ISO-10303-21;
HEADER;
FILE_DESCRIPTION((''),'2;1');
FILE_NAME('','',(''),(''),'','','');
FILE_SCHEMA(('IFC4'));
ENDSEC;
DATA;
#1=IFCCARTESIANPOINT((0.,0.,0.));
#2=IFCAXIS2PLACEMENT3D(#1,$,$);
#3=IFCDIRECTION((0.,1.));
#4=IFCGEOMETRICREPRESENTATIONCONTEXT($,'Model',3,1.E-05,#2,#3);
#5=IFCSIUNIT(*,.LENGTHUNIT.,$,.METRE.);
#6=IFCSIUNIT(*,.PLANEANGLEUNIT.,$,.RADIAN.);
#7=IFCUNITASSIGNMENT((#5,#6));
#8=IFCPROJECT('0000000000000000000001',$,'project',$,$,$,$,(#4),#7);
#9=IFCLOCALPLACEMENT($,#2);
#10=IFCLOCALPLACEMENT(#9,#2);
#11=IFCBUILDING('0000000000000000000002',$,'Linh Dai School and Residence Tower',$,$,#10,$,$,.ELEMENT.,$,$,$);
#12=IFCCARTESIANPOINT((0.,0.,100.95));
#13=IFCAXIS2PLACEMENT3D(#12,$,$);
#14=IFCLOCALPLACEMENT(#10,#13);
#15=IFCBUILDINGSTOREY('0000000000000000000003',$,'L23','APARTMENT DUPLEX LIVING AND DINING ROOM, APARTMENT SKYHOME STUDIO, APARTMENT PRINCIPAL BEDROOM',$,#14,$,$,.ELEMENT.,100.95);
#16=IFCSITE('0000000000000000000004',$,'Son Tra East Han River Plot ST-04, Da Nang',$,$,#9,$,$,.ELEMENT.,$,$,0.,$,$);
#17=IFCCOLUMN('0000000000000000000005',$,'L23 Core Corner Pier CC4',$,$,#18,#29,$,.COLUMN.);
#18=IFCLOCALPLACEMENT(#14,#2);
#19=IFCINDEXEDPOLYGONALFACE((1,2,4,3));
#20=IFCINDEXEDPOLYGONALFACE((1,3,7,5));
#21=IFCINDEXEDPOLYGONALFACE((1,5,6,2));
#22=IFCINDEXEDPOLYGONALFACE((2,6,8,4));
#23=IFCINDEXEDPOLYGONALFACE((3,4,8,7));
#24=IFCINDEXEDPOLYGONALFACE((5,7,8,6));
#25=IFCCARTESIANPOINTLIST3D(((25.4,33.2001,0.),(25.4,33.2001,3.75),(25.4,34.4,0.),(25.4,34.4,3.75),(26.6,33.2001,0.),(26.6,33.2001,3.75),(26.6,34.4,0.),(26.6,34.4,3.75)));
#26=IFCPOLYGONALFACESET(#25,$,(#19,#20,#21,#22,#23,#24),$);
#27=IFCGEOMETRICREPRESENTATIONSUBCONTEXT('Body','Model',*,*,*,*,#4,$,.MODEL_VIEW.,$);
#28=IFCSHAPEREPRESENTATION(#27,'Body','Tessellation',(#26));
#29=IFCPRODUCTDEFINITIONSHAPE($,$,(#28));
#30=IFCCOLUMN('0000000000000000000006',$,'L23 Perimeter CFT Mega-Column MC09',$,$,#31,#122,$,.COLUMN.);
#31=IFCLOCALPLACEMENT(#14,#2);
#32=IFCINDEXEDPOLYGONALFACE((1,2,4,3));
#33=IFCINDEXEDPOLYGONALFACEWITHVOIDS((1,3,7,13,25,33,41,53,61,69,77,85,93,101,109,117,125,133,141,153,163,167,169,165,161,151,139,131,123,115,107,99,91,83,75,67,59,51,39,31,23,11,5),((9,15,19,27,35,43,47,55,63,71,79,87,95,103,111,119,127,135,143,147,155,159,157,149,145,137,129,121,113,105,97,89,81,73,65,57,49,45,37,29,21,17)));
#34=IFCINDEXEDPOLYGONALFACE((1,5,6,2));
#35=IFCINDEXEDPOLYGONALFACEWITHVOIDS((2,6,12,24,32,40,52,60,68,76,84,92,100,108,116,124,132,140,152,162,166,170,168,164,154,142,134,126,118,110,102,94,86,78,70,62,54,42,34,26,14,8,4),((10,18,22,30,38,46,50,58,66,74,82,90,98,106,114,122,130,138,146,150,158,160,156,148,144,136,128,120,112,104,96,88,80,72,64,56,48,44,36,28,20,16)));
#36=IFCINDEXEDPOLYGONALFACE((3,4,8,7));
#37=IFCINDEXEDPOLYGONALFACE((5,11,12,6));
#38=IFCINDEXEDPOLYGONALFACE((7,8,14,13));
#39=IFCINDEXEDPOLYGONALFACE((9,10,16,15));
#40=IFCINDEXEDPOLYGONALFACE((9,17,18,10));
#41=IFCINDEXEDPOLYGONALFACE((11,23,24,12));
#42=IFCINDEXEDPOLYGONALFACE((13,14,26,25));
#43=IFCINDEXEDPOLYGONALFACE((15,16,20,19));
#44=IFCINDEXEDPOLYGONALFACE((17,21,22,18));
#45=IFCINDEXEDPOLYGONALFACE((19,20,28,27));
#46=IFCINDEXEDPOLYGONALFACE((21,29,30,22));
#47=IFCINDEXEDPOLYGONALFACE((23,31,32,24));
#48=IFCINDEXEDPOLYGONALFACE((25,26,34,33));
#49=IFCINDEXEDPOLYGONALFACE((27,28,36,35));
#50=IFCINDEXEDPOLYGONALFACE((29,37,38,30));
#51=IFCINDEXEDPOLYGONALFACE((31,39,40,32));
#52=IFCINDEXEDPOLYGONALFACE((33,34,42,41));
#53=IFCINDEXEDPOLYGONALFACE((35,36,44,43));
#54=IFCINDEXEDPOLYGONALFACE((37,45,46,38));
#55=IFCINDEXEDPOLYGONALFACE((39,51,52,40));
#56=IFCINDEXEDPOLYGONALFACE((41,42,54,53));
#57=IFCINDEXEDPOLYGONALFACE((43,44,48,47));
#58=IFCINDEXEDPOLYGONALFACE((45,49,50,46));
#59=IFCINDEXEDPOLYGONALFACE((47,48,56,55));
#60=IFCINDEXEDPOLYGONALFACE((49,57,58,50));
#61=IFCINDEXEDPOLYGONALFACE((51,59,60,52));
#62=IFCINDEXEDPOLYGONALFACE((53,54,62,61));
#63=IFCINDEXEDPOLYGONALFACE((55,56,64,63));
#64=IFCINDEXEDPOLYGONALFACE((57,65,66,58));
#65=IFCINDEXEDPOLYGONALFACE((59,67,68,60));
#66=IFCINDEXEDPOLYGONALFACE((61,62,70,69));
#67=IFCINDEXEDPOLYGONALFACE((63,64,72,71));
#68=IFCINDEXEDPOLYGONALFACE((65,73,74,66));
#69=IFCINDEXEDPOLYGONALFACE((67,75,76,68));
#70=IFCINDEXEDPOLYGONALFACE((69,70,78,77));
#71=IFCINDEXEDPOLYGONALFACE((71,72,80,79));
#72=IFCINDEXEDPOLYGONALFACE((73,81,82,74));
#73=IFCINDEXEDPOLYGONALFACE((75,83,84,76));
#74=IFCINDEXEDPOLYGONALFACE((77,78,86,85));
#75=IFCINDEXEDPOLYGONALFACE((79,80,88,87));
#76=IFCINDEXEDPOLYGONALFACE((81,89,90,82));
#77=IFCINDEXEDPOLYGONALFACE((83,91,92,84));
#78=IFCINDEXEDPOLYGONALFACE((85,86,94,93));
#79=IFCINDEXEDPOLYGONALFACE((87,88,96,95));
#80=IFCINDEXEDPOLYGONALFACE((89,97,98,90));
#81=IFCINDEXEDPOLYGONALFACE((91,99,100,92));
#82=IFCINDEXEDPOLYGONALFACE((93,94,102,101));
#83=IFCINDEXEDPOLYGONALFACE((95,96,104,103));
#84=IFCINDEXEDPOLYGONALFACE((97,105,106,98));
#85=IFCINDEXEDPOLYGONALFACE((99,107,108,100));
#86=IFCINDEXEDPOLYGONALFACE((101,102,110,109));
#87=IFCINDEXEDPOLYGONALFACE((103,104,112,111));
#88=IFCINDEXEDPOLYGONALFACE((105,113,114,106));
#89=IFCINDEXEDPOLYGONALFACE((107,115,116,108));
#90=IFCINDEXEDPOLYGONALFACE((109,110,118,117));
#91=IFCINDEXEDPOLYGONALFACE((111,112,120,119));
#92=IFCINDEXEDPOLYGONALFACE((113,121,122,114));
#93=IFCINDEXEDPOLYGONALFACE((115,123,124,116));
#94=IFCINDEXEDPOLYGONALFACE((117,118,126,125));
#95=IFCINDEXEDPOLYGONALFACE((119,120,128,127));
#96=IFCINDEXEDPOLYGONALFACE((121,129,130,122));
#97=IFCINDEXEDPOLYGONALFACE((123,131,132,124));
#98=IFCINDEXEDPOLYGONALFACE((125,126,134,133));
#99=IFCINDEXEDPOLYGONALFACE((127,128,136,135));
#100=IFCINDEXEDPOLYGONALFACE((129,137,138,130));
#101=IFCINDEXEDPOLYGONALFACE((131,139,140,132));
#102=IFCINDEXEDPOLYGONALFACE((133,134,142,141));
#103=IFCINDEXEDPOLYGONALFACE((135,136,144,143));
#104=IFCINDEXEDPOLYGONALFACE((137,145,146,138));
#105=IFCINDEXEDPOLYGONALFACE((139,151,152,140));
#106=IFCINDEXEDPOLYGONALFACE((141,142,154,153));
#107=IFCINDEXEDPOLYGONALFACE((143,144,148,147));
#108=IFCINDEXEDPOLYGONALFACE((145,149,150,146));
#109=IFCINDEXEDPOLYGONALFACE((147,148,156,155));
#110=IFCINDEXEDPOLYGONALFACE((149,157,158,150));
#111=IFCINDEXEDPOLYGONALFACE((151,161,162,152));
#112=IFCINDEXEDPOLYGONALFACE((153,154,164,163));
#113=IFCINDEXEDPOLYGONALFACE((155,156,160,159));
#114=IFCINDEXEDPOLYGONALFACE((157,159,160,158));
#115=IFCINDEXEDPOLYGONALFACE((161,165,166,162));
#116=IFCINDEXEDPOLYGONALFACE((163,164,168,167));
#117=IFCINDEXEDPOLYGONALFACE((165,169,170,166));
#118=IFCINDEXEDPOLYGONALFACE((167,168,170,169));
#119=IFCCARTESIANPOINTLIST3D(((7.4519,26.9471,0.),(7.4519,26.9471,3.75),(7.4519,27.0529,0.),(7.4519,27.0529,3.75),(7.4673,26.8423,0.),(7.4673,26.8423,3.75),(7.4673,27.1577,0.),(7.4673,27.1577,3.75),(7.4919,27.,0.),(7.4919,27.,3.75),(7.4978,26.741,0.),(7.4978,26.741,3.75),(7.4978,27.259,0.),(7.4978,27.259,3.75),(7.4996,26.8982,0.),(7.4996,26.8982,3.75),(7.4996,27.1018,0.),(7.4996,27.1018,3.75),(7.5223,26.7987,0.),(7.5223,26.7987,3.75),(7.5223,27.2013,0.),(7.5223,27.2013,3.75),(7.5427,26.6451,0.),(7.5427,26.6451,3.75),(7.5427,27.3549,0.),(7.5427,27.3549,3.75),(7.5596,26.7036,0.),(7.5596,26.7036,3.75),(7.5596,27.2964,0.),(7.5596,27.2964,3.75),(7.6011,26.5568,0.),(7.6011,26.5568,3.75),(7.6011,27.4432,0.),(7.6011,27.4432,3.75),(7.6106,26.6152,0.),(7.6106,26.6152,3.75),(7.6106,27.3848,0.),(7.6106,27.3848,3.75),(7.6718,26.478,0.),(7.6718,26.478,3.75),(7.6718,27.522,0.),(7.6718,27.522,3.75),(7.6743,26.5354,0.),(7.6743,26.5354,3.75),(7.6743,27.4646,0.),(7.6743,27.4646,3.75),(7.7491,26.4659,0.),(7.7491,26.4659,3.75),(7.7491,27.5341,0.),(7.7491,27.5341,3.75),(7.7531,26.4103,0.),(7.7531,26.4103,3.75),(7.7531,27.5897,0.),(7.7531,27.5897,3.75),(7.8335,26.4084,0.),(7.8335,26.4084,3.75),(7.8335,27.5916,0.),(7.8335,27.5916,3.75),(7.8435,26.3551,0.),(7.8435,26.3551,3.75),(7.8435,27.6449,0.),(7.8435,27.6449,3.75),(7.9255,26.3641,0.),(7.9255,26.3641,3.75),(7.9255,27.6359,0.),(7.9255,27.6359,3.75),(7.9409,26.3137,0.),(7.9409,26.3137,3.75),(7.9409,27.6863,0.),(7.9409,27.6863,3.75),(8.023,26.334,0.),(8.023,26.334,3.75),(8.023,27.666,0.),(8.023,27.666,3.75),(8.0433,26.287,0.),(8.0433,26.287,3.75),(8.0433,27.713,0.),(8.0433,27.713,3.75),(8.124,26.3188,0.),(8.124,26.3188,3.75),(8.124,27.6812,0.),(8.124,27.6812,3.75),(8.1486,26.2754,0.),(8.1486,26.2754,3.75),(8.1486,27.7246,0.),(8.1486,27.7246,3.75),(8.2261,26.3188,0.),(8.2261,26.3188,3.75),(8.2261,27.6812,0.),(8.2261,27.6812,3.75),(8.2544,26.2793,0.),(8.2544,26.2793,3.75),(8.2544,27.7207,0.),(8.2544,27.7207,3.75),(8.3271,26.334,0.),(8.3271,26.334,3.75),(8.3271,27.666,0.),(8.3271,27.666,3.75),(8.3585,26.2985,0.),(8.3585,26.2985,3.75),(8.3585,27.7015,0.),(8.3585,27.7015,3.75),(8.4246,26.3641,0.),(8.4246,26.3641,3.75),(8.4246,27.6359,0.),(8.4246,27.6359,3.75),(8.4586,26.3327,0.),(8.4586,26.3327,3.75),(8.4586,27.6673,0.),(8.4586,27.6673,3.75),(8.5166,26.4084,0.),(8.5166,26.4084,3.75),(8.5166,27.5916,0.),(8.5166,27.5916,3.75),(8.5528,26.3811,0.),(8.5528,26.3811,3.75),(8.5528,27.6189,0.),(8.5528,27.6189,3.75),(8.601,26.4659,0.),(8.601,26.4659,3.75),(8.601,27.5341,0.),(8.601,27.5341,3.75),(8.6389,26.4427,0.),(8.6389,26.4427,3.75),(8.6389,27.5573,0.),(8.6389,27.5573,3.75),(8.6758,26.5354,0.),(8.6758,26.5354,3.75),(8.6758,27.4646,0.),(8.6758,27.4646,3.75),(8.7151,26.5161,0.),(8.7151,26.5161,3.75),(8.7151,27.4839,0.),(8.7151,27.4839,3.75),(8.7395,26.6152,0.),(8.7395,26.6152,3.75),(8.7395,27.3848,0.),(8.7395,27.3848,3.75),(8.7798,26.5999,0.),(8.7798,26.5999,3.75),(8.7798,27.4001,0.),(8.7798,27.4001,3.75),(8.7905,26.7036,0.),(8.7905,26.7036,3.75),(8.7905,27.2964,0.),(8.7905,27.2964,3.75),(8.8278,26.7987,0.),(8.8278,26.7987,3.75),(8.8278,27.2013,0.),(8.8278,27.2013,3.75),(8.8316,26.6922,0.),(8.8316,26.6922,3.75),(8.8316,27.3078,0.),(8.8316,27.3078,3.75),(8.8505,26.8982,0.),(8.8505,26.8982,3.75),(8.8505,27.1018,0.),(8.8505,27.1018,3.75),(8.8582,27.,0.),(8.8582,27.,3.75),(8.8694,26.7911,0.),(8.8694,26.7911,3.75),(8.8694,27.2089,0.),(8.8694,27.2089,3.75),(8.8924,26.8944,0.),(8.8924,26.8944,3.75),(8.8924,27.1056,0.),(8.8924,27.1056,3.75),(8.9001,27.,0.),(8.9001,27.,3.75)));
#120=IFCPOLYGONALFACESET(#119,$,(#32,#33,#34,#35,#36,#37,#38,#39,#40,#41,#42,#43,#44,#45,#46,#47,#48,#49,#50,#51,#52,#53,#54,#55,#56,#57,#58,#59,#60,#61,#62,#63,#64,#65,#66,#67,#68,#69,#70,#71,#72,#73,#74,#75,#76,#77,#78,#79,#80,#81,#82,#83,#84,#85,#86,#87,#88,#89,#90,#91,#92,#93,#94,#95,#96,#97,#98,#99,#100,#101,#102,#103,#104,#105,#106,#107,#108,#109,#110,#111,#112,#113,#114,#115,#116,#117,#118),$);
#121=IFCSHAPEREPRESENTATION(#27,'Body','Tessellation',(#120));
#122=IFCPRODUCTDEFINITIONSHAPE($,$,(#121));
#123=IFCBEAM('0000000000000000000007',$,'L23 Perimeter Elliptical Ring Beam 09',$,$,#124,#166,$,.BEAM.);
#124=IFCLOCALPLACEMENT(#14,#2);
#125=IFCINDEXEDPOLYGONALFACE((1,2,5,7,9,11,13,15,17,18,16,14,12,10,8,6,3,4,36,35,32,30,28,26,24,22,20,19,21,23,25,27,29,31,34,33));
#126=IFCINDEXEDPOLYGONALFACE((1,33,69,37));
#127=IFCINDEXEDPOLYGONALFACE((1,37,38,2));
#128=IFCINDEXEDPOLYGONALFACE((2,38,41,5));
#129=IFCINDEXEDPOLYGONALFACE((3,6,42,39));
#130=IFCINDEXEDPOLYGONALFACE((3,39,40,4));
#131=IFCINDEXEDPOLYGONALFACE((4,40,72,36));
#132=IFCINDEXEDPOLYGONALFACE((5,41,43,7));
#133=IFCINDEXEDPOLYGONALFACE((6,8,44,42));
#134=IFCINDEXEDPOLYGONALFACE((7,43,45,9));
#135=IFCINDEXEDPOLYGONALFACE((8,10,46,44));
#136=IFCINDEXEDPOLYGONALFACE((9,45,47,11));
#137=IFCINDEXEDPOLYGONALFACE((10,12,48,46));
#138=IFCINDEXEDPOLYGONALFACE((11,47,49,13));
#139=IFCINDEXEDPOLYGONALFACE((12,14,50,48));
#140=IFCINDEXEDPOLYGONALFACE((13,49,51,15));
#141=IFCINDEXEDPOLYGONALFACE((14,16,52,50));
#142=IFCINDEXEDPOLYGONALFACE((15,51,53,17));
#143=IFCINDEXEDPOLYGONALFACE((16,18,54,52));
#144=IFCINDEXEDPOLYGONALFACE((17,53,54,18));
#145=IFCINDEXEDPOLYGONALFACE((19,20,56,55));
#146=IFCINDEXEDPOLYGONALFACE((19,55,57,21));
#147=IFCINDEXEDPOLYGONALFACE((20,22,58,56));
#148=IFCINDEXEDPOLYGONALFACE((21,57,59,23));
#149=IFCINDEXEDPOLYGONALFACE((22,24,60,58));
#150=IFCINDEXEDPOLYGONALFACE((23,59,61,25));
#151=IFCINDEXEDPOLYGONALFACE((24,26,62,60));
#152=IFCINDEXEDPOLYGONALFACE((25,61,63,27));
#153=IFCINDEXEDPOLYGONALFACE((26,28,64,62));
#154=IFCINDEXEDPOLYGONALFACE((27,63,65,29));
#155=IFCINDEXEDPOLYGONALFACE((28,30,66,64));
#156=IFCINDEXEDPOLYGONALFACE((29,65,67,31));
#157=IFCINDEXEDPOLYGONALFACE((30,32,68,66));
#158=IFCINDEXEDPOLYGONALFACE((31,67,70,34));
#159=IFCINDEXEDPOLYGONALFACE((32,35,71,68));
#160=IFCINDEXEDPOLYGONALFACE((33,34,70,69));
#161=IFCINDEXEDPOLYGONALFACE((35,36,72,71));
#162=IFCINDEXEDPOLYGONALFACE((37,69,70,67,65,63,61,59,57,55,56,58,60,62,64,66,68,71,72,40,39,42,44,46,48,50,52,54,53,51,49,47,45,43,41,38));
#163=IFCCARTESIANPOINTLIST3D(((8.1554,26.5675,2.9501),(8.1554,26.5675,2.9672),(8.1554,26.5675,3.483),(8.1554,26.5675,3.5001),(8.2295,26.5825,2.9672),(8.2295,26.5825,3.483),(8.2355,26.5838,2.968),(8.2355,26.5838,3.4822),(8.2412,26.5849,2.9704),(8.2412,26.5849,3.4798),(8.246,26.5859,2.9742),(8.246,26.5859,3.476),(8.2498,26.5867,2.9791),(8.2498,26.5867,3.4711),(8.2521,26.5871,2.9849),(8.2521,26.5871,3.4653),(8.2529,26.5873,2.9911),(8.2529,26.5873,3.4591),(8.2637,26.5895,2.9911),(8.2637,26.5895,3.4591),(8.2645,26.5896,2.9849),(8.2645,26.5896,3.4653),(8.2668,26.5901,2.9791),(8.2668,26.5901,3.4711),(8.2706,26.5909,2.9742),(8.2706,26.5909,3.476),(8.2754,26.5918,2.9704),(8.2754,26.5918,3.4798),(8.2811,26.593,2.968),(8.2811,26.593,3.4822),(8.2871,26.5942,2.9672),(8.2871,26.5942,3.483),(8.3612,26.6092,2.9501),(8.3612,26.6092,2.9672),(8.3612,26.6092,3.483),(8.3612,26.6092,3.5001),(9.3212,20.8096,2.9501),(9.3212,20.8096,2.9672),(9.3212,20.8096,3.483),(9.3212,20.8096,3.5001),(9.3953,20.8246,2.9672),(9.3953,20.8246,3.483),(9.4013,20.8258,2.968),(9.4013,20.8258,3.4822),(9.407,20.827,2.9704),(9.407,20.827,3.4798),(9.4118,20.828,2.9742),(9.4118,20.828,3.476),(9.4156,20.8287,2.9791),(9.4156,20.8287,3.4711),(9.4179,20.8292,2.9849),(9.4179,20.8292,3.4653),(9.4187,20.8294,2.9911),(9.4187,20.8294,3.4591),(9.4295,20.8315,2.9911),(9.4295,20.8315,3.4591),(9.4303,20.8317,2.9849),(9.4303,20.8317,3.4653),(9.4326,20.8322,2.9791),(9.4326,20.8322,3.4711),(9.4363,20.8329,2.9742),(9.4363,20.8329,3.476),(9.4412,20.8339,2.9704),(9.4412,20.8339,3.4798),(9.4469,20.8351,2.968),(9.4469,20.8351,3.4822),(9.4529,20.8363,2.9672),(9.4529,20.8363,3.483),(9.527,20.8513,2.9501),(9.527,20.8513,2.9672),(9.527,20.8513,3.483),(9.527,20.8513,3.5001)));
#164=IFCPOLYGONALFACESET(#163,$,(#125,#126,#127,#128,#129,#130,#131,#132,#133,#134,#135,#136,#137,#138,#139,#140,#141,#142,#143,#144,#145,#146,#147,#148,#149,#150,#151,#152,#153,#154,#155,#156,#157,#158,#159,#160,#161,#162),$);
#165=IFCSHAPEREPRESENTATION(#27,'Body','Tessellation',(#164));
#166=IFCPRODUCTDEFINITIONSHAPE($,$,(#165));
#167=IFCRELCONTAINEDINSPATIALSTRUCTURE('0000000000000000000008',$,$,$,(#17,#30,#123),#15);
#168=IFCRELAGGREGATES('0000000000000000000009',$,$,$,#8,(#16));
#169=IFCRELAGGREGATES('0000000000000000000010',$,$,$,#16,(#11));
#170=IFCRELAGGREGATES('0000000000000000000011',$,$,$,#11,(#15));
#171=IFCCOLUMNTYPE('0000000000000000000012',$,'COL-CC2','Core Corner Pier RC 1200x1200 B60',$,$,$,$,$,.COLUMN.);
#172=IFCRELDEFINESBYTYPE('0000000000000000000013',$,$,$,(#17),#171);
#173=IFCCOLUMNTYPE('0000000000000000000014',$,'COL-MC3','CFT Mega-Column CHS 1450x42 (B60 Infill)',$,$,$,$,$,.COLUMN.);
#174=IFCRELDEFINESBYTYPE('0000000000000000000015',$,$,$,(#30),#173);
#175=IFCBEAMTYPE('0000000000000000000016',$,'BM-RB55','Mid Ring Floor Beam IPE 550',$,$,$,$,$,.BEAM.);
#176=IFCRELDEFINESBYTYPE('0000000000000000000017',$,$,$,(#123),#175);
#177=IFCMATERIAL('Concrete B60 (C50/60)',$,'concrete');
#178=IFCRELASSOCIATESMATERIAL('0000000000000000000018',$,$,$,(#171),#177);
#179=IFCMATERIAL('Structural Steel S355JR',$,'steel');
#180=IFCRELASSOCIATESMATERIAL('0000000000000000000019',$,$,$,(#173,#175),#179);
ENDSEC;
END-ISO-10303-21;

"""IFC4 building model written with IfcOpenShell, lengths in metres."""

from ifc_helpers import new_model, si_unit, direction, frame, origin, origin_2d, place, context, subcontext, project, spatial, rectangle, hollow_circle, i_section, extrude, material, material_profile, profile_set, type_object, element, save


model = new_model("IFC4")

# Units and contexts
model_context = context("Model", 3, precision=1e-05, world=origin(), true_north=direction((0.0, 1.0)))
body_context = subcontext(model_context, "Body", "Model", "MODEL_VIEW")
ifc_project = project(units=[si_unit("LENGTHUNIT", "METRE"), si_unit("PLANEANGLEUNIT", "RADIAN")], contexts=[model_context])

# Site, building, storey
site_placement = place(None, origin())
site = spatial("IfcSite", under=ifc_project, at=site_placement, Name="Son Tra East Han River Plot ST-04, Da Nang", CompositionType="ELEMENT", RefElevation=0.0)
building_placement = place(site_placement, origin())
building = spatial("IfcBuilding", under=site, at=building_placement, Name="Linh Dai School and Residence Tower", CompositionType="ELEMENT")
storey_placement = place(building_placement, frame((0.0, 0.0, 100.95)))
storey = spatial("IfcBuildingStorey", under=building, at=storey_placement, Name="L23", Description="APARTMENT DUPLEX LIVING AND DINING ROOM, APARTMENT SKYHOME STUDIO, APARTMENT PRINCIPAL BEDROOM", CompositionType="ELEMENT", Elevation=100.95)

# Columns
ifc_material_1 = material(Name="Concrete B60 (C50/60)", Category="concrete")
ifc_material_profile_1 = material_profile(ifc_material_1, rectangle(XDim=1.2, YDim=1.2, at=origin_2d()), Name="RC 1200x1200")
ifc_profile_set_1 = profile_set([ifc_material_profile_1], Name="Concrete B60 (C50/60)")
column_type_1 = type_object("IfcColumnType", Name="COL-CC2", Description="Core Corner Pier RC 1200x1200 B60", PredefinedType="COLUMN", material=ifc_profile_set_1)
column_1_placement = place(storey_placement, frame((26.0, 33.8, 0.0), z_axis=(0.0, 0.0, 1.0), x_axis=(1.0, 0.0, 0.0)))
element("IfcColumn", 1, at=column_1_placement, inside=storey, type_object=column_type_1, Name="L23 Core Corner Pier CC4", PredefinedType="COLUMN", context=body_context, shape_type="SweptSolid", body=[
    extrude(rectangle(XDim=1.2, YDim=1.2, at=origin_2d()), origin(), (0.0, 0.0, 1.0), 3.75),
])
ifc_material_2 = material(Name="Structural Steel S355JR", Category="steel")
ifc_material_profile_2 = material_profile(ifc_material_2, hollow_circle(Radius=0.7251, WallThickness=0.042, at=origin_2d()), Name="CHS 1450x42")
ifc_profile_set_2 = profile_set([ifc_material_profile_2], Name="Structural Steel S355JR")
column_type_2 = type_object("IfcColumnType", Name="COL-MC3", Description="CFT Mega-Column CHS 1450x42 (B60 Infill)", PredefinedType="COLUMN", material=ifc_profile_set_2)
column_2_placement = place(storey_placement, frame((8.175, 27.0, 0.0), z_axis=(0.0, 0.0, 1.0), x_axis=(1.0, 0.0, 0.0)))
element("IfcColumn", 2, at=column_2_placement, inside=storey, type_object=column_type_2, Name="L23 Perimeter CFT Mega-Column MC09", PredefinedType="COLUMN", context=body_context, shape_type="SweptSolid", body=[
    extrude(hollow_circle(Radius=0.7251, WallThickness=0.042, at=origin_2d()), origin(), (0.0, 0.0, 1.0), 3.75),
])

# Beam
ifc_material_profile_3 = material_profile(ifc_material_2, i_section(OverallWidth=0.21, OverallDepth=0.55, WebThickness=0.011, FlangeThickness=0.0171, FilletRadius=0.0239, at=origin_2d()), Name="IPE 550")
ifc_profile_set_3 = profile_set([ifc_material_profile_3], Name="Structural Steel S355JR")
beam_type_1 = type_object("IfcBeamType", Name="BM-RB55", Description="Mid Ring Floor Beam IPE 550", PredefinedType="BEAM", material=ifc_profile_set_3)
beam_1_placement = place(storey_placement, frame((8.2583, 26.5884, 3.2251), z_axis=(0.198441, -0.980113, 0.0), x_axis=(0.980113, 0.198441, 0.0)))
element("IfcBeam", 3, at=beam_1_placement, inside=storey, type_object=beam_type_1, Name="L23 Perimeter Elliptical Ring Beam 09", PredefinedType="BEAM", context=body_context, shape_type="SweptSolid", body=[
    extrude(i_section(OverallWidth=0.21, OverallDepth=0.55, WebThickness=0.011, FlangeThickness=0.0171, FilletRadius=0.0239, at=origin_2d()), origin(), (0.0, 0.0, 1.0), 5.8748),
])

save(model, "model.ifc")
